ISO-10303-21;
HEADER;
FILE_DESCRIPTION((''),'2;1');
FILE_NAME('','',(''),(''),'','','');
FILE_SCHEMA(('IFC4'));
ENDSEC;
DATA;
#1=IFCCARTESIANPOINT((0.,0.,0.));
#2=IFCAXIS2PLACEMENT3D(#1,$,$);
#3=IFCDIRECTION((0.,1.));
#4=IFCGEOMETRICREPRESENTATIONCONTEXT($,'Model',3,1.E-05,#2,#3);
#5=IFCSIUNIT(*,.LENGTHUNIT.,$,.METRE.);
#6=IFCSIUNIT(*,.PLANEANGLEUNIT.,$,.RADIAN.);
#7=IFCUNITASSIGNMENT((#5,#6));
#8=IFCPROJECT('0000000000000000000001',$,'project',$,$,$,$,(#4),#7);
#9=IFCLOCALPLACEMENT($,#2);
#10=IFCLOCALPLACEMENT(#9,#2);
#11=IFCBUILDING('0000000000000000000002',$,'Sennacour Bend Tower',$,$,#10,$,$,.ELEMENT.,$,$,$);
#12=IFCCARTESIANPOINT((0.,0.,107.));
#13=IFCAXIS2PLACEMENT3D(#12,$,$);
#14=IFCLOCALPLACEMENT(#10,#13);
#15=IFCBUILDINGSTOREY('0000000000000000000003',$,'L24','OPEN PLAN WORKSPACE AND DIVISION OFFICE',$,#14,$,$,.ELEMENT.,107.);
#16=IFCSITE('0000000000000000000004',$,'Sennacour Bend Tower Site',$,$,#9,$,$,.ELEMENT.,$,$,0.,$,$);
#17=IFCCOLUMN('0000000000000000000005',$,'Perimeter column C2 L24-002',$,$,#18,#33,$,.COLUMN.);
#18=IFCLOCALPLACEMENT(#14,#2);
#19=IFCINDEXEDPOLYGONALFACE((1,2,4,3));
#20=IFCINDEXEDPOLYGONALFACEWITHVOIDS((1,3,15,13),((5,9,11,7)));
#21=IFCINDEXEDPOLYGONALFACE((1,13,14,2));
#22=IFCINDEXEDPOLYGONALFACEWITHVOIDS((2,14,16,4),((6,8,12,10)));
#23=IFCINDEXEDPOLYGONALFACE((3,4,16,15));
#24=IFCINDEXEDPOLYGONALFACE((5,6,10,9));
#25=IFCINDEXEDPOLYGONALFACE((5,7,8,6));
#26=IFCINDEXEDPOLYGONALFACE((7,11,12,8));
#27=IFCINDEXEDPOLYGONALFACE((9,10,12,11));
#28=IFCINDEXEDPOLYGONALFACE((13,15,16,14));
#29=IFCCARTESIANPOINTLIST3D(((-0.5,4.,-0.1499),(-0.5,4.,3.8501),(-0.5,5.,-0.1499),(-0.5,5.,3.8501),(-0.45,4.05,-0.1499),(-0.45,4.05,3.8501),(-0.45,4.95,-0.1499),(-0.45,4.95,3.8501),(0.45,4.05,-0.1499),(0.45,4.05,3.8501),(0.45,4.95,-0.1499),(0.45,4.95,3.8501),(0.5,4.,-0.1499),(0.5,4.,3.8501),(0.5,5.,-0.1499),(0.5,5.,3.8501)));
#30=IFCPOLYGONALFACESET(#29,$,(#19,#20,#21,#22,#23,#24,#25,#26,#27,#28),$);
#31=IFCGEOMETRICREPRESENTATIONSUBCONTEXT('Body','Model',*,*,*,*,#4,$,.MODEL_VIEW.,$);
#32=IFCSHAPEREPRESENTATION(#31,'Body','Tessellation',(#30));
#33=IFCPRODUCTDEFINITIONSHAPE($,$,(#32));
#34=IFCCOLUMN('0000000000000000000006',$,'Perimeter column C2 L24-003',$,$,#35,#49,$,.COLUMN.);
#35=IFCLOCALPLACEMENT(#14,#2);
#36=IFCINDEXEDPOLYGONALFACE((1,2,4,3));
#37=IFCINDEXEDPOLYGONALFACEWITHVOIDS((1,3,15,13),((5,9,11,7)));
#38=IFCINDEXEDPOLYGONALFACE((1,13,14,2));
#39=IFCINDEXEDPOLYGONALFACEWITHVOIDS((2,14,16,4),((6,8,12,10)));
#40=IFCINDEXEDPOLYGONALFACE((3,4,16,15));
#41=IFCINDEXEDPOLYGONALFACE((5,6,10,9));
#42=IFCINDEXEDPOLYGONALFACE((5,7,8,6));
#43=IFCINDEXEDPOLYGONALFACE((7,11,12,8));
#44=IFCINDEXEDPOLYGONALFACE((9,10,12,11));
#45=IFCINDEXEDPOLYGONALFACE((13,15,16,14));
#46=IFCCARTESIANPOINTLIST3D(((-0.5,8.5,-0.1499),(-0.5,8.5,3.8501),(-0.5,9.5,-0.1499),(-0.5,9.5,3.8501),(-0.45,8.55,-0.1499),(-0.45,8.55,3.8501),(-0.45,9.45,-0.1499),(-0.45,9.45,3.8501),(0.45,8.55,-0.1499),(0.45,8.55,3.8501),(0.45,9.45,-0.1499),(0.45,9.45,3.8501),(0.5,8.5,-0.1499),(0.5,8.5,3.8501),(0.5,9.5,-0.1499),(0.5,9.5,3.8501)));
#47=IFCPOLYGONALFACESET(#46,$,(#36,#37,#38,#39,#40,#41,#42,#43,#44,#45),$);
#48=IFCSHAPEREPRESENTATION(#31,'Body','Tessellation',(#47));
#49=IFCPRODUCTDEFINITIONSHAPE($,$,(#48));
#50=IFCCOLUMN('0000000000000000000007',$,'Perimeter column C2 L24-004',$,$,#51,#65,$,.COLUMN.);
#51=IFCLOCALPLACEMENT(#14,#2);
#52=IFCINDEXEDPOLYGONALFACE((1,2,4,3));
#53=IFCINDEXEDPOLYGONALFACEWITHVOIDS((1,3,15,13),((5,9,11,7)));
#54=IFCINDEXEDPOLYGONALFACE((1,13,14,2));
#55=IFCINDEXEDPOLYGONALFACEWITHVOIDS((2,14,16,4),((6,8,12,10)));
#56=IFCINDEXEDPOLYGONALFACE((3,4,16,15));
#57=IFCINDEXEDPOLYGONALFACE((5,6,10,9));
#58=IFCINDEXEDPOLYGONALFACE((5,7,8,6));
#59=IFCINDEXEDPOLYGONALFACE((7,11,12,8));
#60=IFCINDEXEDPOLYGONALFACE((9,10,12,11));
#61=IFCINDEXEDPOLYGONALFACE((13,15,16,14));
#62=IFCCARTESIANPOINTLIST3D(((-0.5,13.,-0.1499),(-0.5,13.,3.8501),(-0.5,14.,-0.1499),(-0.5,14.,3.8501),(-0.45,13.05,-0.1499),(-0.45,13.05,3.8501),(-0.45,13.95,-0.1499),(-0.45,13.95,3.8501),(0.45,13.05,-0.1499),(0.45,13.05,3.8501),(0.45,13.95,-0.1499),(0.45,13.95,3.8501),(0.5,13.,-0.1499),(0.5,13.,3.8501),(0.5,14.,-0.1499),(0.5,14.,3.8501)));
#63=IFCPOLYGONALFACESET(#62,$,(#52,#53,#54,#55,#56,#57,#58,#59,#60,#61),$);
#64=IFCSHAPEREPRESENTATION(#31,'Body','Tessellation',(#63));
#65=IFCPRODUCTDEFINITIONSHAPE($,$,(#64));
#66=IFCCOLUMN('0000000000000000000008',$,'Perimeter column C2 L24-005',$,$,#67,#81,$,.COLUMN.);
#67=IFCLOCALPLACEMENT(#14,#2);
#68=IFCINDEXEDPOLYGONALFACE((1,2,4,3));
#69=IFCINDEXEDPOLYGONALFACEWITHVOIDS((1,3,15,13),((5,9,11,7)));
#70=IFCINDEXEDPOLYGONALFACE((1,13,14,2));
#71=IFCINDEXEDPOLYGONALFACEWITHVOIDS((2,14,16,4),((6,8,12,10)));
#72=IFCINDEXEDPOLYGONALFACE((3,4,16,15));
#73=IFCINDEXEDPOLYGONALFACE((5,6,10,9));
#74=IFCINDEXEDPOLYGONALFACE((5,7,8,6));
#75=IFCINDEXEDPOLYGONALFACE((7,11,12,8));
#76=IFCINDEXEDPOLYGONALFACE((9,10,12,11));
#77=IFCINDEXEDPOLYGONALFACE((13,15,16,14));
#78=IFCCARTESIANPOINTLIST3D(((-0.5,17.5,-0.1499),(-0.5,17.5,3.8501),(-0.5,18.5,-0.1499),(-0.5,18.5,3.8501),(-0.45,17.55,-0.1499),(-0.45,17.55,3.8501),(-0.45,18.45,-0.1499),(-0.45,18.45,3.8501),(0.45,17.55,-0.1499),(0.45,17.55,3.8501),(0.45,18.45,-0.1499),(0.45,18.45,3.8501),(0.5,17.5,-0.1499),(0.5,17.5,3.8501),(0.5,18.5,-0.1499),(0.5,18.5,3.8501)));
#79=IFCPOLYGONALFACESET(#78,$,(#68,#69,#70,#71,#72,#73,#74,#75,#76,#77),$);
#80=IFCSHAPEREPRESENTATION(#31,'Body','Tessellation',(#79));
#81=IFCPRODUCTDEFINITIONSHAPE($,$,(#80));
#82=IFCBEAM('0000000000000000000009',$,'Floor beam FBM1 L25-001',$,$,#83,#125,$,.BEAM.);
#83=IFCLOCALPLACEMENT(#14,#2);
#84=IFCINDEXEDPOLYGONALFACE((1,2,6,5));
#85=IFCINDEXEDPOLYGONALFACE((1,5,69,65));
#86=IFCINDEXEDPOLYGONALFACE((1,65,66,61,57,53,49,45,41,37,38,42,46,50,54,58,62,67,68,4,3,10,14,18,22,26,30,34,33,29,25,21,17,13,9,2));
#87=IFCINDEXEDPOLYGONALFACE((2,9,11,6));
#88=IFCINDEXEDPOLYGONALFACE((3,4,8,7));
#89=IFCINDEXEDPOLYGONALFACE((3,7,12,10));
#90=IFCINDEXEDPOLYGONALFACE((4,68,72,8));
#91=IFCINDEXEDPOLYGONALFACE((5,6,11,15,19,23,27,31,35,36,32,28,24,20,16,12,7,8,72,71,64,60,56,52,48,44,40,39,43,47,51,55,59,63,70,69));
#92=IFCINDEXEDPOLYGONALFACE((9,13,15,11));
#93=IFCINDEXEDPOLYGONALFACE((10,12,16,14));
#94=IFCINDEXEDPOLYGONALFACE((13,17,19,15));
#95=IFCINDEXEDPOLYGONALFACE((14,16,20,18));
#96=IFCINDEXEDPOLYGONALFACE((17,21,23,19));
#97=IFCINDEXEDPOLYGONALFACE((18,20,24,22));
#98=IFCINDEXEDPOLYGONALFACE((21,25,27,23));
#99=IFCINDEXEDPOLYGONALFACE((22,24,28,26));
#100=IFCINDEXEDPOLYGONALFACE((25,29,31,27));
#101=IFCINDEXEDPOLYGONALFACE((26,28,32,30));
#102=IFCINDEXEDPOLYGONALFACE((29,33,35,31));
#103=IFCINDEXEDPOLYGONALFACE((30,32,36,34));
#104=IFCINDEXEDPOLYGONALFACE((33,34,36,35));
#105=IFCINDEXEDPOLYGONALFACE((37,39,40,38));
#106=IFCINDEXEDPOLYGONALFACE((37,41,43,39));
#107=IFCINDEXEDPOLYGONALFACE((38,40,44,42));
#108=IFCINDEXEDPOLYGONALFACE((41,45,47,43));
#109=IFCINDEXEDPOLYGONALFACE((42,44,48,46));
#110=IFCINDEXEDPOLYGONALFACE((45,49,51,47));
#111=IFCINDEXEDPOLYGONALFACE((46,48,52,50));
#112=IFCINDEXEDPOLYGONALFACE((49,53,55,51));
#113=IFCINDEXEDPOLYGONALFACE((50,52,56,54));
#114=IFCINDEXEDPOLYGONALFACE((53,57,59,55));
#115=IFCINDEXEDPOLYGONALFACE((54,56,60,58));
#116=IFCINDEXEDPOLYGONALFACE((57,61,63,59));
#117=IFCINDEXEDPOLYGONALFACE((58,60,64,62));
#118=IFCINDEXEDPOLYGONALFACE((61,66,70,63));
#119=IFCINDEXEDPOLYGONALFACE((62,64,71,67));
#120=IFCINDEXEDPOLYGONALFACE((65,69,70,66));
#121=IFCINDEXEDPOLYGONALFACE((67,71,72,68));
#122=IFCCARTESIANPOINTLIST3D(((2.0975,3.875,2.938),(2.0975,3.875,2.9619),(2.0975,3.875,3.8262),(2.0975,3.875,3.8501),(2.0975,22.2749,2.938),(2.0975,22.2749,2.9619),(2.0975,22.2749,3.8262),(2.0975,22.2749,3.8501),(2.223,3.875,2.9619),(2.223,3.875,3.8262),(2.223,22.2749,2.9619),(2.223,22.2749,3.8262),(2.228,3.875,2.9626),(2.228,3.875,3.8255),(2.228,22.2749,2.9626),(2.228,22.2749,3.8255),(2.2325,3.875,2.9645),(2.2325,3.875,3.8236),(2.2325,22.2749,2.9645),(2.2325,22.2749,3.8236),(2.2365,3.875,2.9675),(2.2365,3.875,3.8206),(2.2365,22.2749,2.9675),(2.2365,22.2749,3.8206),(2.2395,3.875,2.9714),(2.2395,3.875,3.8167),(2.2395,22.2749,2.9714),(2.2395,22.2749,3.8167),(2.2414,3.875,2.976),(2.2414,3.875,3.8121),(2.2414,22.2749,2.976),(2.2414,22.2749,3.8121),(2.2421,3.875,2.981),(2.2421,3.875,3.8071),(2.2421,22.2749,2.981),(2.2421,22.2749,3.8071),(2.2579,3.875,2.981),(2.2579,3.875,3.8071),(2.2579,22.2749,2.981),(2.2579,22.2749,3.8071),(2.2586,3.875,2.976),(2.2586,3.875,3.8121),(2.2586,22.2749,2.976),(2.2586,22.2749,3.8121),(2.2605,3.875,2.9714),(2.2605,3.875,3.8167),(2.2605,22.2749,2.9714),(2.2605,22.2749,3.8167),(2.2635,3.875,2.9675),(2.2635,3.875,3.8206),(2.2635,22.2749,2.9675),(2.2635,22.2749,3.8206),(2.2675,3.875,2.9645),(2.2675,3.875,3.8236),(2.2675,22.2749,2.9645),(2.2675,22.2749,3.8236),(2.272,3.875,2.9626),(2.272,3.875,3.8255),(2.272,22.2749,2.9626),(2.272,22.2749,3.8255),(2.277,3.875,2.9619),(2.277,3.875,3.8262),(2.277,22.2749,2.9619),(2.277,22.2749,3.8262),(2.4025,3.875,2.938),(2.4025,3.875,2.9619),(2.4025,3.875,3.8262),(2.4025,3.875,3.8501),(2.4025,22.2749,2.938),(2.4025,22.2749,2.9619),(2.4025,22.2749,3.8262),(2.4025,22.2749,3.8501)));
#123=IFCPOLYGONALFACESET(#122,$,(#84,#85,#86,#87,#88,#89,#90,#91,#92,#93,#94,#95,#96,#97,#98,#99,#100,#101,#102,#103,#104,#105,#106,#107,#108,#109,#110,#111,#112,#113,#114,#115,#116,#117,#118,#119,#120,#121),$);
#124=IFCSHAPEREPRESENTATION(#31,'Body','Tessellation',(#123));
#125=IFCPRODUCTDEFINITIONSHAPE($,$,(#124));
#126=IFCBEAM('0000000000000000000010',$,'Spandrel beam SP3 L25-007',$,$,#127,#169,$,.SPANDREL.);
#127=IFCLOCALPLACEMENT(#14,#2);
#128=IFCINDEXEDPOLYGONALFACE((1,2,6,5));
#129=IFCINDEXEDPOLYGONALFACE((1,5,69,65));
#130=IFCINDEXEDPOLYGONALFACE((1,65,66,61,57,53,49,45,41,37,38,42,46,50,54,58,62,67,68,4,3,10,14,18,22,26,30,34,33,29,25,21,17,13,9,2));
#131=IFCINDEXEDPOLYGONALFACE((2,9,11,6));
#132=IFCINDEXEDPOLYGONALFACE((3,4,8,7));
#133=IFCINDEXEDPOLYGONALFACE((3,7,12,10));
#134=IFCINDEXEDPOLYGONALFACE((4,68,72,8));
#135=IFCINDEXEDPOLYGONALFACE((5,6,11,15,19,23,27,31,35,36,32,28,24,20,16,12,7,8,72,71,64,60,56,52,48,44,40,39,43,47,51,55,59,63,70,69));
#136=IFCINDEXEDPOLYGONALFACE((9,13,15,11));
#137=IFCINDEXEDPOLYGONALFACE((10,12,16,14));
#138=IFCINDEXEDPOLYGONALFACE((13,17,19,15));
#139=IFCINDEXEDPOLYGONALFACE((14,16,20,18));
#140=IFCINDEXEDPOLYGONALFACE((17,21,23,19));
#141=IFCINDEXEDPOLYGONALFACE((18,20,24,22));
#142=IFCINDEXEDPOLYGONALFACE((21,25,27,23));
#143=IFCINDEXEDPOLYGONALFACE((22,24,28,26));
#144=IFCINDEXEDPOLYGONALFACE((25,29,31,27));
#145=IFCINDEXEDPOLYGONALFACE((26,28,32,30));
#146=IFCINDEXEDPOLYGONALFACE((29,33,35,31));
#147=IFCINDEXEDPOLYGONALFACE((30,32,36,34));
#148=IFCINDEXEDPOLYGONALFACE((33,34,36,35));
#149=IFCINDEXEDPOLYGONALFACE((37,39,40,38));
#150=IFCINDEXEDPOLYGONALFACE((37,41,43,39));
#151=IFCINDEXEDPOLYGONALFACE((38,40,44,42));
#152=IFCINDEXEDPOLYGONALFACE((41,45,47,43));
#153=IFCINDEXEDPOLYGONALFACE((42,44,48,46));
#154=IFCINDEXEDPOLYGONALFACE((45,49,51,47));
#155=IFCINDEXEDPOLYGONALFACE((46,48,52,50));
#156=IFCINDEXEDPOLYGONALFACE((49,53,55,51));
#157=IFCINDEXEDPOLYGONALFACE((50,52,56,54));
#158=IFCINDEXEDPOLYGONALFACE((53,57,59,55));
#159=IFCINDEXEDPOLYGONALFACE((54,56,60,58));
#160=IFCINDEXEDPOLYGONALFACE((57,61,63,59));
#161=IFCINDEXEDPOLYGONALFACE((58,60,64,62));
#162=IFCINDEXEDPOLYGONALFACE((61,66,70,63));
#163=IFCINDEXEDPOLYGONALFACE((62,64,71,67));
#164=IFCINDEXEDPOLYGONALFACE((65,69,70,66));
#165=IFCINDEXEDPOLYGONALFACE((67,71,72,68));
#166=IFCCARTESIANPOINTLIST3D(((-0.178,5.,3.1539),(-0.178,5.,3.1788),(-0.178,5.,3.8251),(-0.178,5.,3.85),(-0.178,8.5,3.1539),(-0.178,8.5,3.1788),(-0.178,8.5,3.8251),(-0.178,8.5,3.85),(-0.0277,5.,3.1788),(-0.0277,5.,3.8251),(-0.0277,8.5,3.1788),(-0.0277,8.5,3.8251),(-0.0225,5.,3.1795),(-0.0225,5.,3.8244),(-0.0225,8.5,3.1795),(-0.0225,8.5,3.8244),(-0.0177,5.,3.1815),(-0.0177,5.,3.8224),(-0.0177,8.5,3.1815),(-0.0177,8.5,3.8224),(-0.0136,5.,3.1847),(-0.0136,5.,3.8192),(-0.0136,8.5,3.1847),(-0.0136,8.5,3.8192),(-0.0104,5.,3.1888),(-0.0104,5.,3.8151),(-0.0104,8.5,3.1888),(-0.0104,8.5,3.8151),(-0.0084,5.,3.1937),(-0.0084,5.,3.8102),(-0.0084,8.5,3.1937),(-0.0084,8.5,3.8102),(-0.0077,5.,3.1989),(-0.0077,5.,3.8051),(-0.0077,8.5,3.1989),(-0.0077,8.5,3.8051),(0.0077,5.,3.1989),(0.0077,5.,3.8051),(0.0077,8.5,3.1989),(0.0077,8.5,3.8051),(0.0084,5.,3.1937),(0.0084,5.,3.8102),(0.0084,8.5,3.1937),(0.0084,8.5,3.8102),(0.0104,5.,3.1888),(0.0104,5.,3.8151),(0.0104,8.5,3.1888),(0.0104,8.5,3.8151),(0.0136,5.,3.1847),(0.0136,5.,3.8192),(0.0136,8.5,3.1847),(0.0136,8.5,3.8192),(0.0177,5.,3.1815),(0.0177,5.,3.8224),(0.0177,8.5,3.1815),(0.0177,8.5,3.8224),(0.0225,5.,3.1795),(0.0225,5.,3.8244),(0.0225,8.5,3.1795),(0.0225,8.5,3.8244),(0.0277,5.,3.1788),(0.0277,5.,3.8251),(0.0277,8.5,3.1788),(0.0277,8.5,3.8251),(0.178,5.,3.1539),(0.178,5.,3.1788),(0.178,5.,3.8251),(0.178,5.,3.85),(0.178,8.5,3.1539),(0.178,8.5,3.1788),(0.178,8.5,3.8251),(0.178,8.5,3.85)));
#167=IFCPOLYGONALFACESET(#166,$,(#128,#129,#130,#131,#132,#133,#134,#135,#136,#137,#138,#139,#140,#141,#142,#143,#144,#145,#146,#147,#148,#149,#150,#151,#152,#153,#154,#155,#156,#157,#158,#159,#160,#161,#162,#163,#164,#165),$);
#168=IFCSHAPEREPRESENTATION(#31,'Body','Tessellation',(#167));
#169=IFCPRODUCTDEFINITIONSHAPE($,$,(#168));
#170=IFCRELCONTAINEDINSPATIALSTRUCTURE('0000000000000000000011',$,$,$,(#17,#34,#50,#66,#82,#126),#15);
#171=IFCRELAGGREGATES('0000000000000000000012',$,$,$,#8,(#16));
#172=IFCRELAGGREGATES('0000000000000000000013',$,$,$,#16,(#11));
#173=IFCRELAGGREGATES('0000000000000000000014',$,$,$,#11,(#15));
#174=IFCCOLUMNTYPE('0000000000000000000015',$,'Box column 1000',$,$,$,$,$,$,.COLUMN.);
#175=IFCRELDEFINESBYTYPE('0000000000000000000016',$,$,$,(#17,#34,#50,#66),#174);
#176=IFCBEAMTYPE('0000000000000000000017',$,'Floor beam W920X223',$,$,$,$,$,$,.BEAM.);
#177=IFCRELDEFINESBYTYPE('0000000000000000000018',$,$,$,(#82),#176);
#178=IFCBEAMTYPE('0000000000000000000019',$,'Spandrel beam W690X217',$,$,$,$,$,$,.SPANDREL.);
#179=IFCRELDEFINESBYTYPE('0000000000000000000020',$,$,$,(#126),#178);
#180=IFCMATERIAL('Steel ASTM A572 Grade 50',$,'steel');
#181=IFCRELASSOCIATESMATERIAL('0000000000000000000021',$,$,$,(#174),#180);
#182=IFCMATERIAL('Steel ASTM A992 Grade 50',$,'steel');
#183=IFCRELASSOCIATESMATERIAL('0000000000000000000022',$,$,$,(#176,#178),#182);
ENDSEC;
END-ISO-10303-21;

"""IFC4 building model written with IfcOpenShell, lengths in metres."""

from ifc_helpers import new_model, si_unit, direction, frame, origin, origin_2d, place, context, subcontext, project, spatial, hollow_rectangle, i_section, extrude, material, material_profile, profile_set, type_object, element, save


model = new_model("IFC4")

# Units and contexts
model_context = context("Model", 3, precision=1e-05, world=origin(), true_north=direction((0.0, 1.0)))
body_context = subcontext(model_context, "Body", "Model", "MODEL_VIEW")
ifc_project = project(units=[si_unit("LENGTHUNIT", "METRE"), si_unit("PLANEANGLEUNIT", "RADIAN")], contexts=[model_context])

# Site, building, storey
site_placement = place(None, origin())
site = spatial("IfcSite", under=ifc_project, at=site_placement, Name="Sennacour Bend Tower Site", CompositionType="ELEMENT", RefElevation=0.0)
building_placement = place(site_placement, origin())
building = spatial("IfcBuilding", under=site, at=building_placement, Name="Sennacour Bend Tower", CompositionType="ELEMENT")
storey_placement = place(building_placement, frame((0.0, 0.0, 107.0)))
storey = spatial("IfcBuildingStorey", under=building, at=storey_placement, Name="L24", Description="OPEN PLAN WORKSPACE AND DIVISION OFFICE", CompositionType="ELEMENT", Elevation=107.0)

# Columns
ifc_material_1 = material(Name="Steel ASTM A572 Grade 50", Category="steel")
ifc_material_profile_1 = material_profile(ifc_material_1, hollow_rectangle(XDim=1.0, YDim=1.0, WallThickness=0.05, at=origin_2d()), Name="Steel ASTM A572 Grade 50", Category="steel")
ifc_profile_set_1 = profile_set([ifc_material_profile_1], Name="Steel ASTM A572 Grade 50")
column_type = type_object("IfcColumnType", Name="Box column 1000", PredefinedType="COLUMN", material=ifc_profile_set_1)
for number, where, z_axis, x_axis, name in (
    (1, (0.0, 4.5, -0.1499), (0.0, 0.0, 1.0), (1.0, 0.0, 0.0), "Perimeter column C2 L24-002"),
    (2, (0.0, 9.0, -0.1499), (0.0, 0.0, 1.0), (1.0, 0.0, 0.0), "Perimeter column C2 L24-003"),
    (3, (0.0, 13.5, -0.1499), (0.0, 0.0, 1.0), (1.0, 0.0, 0.0), "Perimeter column C2 L24-004"),
    (4, (0.0, 18.0, -0.1499), (0.0, 0.0, 1.0), (1.0, 0.0, 0.0), "Perimeter column C2 L24-005"),
):
    element("IfcColumn", number, at=place(storey_placement, frame(where, z_axis=z_axis, x_axis=x_axis)), inside=storey, type_object=column_type, Name=name, PredefinedType="COLUMN", context=body_context, shape_type="SweptSolid", body=[
        extrude(hollow_rectangle(XDim=1.0, YDim=1.0, WallThickness=0.05, at=origin_2d()), origin(), (0.0, 0.0, 1.0), 4.0),
    ])

# Beams
ifc_material_2 = material(Name="Steel ASTM A992 Grade 50", Category="steel")
ifc_material_profile_2 = material_profile(ifc_material_2, i_section(OverallWidth=0.3049, OverallDepth=0.9121, WebThickness=0.0159, FlangeThickness=0.0239, FilletRadius=0.019, at=origin_2d()), Name="Steel ASTM A992 Grade 50", Category="steel")
ifc_profile_set_2 = profile_set([ifc_material_profile_2], Name="Steel ASTM A992 Grade 50")
beam_type_1 = type_object("IfcBeamType", Name="Floor beam W920X223", PredefinedType="BEAM", material=ifc_profile_set_2)
beam_placement = place(storey_placement, frame((2.25, 3.875, 3.394), z_axis=(0.0, 1.0, 0.0), x_axis=(-1.0, 0.0, 0.0)))
element("IfcBeam", 5, at=beam_placement, inside=storey, type_object=beam_type_1, Name="Floor beam FBM1 L25-001", PredefinedType="BEAM", context=body_context, shape_type="SweptSolid", body=[
    extrude(i_section(OverallWidth=0.3049, OverallDepth=0.9121, WebThickness=0.0159, FlangeThickness=0.0239, FilletRadius=0.019, at=origin_2d()), origin(), (0.0, 0.0, 1.0), 18.3999),
])
ifc_material_profile_3 = material_profile(ifc_material_2, i_section(OverallWidth=0.356, OverallDepth=0.696, WebThickness=0.0154, FlangeThickness=0.0249, FilletRadius=0.02, at=origin_2d()), Name="Steel ASTM A992 Grade 50", Category="steel")
ifc_profile_set_3 = profile_set([ifc_material_profile_3], Name="Steel ASTM A992 Grade 50")
beam_type_2 = type_object("IfcBeamType", Name="Spandrel beam W690X217", PredefinedType="SPANDREL", material=ifc_profile_set_3)
for number, where, z_axis, x_axis, name in (
    (6, (0.0, 5.0, 3.502), (0.0, 1.0, 0.0), (-1.0, 0.0, 0.0), "Spandrel beam SP3 L25-007"),
):
    element("IfcBeam", number, at=place(storey_placement, frame(where, z_axis=z_axis, x_axis=x_axis)), inside=storey, type_object=beam_type_2, Name=name, PredefinedType="SPANDREL", context=body_context, shape_type="SweptSolid", body=[
        extrude(i_section(OverallWidth=0.356, OverallDepth=0.696, WebThickness=0.0154, FlangeThickness=0.0249, FilletRadius=0.02, at=origin_2d()), origin(), (0.0, 0.0, 1.0), 3.5),
    ])

save(model, "model.ifc")
